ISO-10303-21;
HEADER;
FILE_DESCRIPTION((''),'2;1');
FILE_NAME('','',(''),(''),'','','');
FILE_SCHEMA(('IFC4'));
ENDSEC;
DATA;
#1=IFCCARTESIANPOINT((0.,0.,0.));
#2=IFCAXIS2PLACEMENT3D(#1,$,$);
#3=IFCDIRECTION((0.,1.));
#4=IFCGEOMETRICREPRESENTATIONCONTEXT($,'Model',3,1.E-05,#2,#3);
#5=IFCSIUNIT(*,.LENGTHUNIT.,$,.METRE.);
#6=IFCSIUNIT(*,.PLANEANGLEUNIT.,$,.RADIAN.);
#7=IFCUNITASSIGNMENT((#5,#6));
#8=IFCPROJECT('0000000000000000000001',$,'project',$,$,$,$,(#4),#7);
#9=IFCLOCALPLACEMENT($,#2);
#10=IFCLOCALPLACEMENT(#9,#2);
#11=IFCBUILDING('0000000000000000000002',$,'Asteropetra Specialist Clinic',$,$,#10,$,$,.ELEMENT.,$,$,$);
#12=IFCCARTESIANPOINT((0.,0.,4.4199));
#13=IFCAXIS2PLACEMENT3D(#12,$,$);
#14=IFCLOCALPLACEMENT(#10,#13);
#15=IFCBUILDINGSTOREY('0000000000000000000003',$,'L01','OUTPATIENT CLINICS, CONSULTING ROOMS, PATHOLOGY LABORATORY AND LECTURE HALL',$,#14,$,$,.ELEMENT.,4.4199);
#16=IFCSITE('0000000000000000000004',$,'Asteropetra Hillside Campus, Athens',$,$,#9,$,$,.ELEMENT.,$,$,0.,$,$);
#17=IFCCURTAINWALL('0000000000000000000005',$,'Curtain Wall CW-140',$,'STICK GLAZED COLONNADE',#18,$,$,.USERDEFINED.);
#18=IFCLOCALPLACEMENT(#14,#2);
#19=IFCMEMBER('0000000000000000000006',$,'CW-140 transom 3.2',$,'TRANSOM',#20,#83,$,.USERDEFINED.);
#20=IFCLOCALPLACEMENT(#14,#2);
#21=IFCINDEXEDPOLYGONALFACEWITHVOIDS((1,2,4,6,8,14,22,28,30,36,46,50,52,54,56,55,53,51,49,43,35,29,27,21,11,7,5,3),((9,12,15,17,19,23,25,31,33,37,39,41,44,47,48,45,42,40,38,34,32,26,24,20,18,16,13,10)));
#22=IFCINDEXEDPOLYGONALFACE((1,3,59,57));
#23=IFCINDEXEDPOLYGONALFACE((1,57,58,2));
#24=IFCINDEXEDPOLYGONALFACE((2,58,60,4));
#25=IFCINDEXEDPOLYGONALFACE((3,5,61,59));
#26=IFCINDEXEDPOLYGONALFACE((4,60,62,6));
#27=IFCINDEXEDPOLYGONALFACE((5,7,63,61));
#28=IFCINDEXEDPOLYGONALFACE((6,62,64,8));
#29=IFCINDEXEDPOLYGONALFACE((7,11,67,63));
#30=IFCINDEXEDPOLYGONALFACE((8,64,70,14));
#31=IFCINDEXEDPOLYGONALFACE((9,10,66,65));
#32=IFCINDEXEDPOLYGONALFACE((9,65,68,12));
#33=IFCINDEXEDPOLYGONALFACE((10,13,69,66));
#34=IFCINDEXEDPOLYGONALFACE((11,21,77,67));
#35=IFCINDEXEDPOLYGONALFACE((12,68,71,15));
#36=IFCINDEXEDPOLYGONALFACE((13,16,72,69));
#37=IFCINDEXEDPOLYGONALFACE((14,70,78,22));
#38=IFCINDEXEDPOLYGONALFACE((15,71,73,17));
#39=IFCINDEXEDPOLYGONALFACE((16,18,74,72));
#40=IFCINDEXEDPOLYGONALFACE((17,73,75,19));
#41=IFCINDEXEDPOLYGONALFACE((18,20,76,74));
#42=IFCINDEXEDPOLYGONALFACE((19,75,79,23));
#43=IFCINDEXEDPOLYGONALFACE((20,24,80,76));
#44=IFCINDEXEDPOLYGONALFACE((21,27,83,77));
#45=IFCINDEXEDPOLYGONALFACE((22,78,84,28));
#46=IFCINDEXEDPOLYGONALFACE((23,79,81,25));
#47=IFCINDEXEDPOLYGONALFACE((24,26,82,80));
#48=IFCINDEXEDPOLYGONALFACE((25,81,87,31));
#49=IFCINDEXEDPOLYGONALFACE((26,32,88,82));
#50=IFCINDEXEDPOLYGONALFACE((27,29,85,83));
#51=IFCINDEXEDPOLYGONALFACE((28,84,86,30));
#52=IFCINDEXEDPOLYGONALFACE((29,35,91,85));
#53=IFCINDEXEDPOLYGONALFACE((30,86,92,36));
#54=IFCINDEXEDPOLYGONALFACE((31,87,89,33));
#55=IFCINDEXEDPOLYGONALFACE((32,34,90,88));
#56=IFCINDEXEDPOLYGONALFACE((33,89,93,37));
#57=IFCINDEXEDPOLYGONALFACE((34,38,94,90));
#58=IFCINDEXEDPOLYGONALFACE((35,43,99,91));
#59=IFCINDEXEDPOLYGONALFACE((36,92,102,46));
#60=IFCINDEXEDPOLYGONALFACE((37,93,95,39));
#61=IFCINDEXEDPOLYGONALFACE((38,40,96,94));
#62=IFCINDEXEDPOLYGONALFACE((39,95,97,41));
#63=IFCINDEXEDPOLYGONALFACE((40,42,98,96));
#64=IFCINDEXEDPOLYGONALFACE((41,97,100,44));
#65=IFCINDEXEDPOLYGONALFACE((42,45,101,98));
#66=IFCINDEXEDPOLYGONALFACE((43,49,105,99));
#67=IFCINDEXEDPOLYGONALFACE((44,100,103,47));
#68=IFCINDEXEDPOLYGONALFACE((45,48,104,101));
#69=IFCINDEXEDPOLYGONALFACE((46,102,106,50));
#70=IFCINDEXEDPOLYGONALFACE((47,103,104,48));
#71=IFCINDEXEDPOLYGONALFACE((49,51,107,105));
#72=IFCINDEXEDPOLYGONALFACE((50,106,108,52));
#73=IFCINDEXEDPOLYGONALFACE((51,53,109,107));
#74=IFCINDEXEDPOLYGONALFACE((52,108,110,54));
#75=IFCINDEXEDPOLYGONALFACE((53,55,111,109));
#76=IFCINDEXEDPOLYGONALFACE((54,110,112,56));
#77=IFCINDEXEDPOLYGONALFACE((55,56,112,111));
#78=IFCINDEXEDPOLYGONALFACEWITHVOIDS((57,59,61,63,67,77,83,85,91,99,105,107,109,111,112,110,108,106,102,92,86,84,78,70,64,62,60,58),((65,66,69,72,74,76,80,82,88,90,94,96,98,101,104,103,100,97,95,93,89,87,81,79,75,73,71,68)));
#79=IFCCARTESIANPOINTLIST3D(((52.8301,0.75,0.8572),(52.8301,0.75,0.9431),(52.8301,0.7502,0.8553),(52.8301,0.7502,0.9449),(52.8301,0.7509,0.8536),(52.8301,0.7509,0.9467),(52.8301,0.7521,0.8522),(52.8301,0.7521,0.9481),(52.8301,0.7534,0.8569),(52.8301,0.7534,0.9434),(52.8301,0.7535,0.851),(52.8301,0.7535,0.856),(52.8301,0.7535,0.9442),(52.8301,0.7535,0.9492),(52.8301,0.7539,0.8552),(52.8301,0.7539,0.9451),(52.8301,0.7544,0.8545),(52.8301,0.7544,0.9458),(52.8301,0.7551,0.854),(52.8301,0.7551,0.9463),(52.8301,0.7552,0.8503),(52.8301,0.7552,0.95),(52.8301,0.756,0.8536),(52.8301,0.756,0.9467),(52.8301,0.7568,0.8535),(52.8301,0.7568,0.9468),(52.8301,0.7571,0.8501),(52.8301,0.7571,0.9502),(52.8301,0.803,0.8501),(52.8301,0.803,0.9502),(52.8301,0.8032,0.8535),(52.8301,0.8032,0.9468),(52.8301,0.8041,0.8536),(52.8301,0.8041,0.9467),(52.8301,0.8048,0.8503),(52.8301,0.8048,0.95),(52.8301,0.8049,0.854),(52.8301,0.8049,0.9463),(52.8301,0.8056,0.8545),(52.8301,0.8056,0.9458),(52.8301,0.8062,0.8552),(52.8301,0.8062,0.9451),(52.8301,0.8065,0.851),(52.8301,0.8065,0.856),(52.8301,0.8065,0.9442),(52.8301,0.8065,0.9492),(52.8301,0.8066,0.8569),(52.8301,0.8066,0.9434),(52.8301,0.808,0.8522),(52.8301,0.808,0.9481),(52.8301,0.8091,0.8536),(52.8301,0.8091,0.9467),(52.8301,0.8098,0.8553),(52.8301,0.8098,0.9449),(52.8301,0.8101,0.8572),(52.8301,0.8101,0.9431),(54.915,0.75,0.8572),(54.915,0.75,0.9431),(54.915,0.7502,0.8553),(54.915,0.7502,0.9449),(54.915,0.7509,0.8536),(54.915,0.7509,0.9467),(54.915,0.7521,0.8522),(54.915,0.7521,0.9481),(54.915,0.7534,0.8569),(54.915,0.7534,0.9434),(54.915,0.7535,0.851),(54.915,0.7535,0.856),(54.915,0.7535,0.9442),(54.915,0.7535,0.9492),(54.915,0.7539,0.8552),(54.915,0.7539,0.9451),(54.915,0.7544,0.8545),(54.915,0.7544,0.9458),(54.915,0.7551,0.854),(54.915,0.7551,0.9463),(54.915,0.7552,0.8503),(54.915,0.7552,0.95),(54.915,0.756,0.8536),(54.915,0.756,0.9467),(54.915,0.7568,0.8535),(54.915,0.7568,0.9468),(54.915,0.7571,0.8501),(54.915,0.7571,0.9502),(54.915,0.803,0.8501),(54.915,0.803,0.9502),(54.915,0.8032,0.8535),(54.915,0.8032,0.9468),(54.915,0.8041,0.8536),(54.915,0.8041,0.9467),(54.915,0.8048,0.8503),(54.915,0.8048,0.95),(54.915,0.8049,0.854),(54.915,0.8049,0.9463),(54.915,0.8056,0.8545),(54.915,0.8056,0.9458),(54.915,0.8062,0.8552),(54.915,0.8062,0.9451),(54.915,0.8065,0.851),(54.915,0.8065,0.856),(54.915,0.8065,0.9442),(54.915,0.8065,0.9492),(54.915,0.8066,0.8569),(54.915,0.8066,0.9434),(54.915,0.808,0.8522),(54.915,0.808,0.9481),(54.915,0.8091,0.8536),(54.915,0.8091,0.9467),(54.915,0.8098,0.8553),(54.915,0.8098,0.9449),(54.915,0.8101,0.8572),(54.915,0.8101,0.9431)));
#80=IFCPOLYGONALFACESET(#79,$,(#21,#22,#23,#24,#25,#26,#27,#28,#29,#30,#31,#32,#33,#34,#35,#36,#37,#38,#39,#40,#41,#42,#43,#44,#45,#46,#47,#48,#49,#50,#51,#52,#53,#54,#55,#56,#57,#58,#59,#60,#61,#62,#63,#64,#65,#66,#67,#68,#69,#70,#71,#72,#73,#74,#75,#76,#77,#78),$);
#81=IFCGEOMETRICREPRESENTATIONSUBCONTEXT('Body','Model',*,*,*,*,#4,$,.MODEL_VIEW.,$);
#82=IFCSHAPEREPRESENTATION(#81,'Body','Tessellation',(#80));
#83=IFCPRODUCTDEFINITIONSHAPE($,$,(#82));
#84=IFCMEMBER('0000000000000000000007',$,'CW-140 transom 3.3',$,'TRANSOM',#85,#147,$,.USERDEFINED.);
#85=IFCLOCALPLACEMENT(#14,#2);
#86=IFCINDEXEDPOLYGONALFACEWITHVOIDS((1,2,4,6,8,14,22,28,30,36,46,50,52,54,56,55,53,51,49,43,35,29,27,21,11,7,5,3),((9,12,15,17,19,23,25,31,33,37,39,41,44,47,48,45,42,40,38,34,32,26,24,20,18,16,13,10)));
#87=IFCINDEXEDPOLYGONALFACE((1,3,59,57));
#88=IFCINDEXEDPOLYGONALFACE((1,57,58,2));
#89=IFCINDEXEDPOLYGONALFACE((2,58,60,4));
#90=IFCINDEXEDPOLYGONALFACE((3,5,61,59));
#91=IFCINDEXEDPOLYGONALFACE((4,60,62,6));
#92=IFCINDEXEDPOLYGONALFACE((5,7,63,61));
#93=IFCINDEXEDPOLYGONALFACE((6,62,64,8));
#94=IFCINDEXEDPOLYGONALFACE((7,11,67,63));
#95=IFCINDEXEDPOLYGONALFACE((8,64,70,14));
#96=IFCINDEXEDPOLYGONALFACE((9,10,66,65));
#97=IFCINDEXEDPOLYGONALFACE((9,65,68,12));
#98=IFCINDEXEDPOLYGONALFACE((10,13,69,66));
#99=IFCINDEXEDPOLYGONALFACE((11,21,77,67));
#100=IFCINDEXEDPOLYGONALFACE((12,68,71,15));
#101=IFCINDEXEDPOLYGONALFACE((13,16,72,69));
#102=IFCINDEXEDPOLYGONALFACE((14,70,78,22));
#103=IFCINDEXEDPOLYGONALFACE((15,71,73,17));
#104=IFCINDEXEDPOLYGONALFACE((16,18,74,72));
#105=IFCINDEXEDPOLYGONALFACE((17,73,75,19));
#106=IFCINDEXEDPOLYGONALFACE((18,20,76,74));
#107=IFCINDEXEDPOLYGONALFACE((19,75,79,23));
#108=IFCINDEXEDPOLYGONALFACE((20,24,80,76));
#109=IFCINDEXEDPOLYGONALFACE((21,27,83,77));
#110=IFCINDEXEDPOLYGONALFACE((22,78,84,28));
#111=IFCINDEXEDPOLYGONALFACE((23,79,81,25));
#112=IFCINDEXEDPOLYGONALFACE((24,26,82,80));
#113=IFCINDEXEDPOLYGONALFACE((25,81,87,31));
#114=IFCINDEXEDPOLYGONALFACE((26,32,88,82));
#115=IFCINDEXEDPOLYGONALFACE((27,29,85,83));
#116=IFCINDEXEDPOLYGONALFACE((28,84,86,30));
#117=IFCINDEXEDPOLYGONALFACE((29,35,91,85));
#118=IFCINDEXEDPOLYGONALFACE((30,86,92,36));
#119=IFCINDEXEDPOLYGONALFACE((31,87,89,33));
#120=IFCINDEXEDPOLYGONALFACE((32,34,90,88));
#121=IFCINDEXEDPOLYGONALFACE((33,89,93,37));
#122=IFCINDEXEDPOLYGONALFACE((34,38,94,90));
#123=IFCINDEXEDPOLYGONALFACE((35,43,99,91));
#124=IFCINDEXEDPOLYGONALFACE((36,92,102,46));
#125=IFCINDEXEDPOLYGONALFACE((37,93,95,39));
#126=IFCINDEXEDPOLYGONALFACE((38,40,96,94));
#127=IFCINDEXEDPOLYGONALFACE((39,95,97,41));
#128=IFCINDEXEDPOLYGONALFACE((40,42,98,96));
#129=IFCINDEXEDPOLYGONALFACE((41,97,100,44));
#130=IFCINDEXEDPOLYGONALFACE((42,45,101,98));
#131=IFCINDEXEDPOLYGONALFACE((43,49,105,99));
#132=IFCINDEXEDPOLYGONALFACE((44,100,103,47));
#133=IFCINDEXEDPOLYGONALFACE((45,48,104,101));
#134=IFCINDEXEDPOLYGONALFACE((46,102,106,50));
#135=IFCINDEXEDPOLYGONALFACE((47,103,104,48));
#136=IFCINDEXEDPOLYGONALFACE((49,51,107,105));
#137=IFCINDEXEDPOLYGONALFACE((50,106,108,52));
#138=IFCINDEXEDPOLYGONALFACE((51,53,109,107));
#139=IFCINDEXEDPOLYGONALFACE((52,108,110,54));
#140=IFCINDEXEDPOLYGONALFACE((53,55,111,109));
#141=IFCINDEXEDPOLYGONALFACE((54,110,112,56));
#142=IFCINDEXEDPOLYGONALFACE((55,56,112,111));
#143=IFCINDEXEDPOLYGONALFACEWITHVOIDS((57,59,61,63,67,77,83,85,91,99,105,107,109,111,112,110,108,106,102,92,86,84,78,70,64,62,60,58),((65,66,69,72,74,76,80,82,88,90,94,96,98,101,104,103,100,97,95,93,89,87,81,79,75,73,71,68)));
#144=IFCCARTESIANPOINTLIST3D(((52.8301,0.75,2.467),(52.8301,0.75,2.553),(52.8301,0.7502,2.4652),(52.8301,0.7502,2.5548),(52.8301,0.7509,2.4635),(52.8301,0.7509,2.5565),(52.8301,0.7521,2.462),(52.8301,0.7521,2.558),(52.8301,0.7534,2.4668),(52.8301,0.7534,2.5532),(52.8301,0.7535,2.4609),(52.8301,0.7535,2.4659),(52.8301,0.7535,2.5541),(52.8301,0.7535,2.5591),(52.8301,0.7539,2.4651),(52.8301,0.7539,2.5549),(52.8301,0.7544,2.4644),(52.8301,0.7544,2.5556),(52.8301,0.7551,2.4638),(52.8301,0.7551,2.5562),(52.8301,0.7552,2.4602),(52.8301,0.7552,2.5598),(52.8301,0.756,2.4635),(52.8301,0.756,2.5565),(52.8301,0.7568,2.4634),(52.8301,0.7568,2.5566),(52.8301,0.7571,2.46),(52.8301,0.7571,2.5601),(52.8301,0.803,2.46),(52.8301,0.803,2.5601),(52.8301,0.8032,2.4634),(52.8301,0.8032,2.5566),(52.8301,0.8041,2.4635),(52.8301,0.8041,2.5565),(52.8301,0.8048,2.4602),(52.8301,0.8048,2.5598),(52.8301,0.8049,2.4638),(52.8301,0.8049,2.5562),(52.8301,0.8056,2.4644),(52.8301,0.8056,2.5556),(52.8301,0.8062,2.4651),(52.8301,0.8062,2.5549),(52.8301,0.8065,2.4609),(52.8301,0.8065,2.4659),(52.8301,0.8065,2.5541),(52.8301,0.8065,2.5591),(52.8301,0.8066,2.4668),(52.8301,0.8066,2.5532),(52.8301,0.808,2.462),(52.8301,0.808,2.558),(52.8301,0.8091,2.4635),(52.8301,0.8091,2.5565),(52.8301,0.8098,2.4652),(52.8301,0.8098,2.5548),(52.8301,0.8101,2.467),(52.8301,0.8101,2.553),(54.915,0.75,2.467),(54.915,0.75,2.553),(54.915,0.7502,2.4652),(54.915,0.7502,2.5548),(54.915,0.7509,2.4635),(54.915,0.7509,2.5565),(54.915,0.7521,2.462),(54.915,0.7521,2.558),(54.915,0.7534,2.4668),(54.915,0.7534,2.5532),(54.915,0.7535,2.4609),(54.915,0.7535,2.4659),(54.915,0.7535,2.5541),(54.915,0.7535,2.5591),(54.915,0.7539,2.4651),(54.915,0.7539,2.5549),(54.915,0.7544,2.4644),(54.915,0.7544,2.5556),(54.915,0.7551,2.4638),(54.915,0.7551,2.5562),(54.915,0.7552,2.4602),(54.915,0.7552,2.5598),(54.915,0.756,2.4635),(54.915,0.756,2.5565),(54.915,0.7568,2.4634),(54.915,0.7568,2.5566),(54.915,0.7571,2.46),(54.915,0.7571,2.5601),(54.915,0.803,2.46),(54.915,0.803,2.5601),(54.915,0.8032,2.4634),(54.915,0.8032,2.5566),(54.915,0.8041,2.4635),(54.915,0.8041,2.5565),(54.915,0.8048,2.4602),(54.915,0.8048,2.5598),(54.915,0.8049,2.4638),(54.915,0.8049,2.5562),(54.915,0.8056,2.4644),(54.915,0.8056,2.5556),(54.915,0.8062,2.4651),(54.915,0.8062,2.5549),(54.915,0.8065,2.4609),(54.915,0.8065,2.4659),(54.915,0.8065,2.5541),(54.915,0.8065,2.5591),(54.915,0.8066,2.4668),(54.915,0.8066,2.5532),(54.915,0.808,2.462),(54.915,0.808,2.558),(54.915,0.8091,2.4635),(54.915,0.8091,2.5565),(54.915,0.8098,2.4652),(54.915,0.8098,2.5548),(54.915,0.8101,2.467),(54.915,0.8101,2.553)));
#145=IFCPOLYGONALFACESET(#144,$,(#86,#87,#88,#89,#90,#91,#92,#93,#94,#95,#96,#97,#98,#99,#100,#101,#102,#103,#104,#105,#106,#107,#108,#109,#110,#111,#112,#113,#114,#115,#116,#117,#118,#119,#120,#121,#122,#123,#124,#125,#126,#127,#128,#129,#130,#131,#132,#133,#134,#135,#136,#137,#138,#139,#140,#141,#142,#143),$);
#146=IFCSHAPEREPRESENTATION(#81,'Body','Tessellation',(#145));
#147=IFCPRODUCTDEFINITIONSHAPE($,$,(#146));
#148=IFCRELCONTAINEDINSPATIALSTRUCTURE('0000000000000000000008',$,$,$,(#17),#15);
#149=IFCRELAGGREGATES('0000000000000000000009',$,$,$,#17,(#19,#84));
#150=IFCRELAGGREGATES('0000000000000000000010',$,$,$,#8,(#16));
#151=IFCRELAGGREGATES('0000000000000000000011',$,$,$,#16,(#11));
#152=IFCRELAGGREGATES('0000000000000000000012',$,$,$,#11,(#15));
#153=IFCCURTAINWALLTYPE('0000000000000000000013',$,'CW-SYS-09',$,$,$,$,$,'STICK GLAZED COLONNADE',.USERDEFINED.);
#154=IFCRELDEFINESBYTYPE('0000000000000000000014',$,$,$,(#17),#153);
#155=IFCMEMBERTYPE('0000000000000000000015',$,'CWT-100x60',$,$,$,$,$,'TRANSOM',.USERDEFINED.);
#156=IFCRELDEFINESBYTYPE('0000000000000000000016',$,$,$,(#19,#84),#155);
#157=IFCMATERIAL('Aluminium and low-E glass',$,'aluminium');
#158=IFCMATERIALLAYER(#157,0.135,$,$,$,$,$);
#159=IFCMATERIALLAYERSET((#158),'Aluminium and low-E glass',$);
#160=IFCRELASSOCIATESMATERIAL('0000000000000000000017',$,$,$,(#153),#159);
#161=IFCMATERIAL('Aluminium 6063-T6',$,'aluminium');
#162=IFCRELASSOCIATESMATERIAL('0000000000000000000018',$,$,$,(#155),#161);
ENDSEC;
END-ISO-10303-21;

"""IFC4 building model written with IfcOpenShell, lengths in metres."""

from ifc_helpers import new_model, si_unit, direction, frame, origin, origin_2d, place, context, subcontext, project, spatial, hollow_rectangle, extrude, material, layer, layer_set, material_profile, profile_set, type_object, element, aggregate, save


model = new_model("IFC4")

# Units and contexts
model_context = context("Model", 3, precision=1e-05, world=origin(), true_north=direction((0.0, 1.0)))
body_context = subcontext(model_context, "Body", "Model", "MODEL_VIEW")
ifc_project = project(units=[si_unit("LENGTHUNIT", "METRE"), si_unit("PLANEANGLEUNIT", "RADIAN")], contexts=[model_context])

# Site, building, storey
site_placement = place(None, origin())
site = spatial("IfcSite", under=ifc_project, at=site_placement, Name="Asteropetra Hillside Campus, Athens", CompositionType="ELEMENT", RefElevation=0.0)
building_placement = place(site_placement, origin())
building = spatial("IfcBuilding", under=site, at=building_placement, Name="Asteropetra Specialist Clinic", CompositionType="ELEMENT")
storey_placement = place(building_placement, frame((0.0, 0.0, 4.4199)))
storey = spatial("IfcBuildingStorey", under=building, at=storey_placement, Name="L01", Description="OUTPATIENT CLINICS, CONSULTING ROOMS, PATHOLOGY LABORATORY AND LECTURE HALL", CompositionType="ELEMENT", Elevation=4.4199)

# Curtain wall, members
ifc_material_1 = material(Name="Aluminium and low-E glass", Category="aluminium")
ifc_layer_1 = layer(ifc_material_1, 0.135)
ifc_layer_set_1 = layer_set([ifc_layer_1], Name="Aluminium and low-E glass")
curtain_wall_type = type_object("IfcCurtainWallType", Name="CW-SYS-09", ElementType="STICK GLAZED COLONNADE", PredefinedType="USERDEFINED", material=ifc_layer_set_1)
curtain_wall_placement = place(storey_placement, origin())
curtain_wall = element("IfcCurtainWall", 1, at=curtain_wall_placement, inside=storey, type_object=curtain_wall_type, Name="Curtain Wall CW-140", ObjectType="STICK GLAZED COLONNADE", PredefinedType="USERDEFINED")
ifc_material_2 = material(Name="Aluminium 6063-T6", Category="aluminium")
ifc_material_profile_1 = material_profile(ifc_material_2, hollow_rectangle(XDim=0.0601, YDim=0.1001, WallThickness=0.0034, InnerFilletRadius=0.0034, OuterFilletRadius=0.0071, at=origin_2d()), Name="TRN 100x60x3.5")
ifc_profile_set_1 = profile_set([ifc_material_profile_1], Name="Aluminium 6063-T6")
member_type_1 = type_object("IfcMemberType", Name="CWT-100x60", ElementType="TRANSOM", PredefinedType="USERDEFINED", material=ifc_profile_set_1)
member_1_placement = place(storey_placement, frame((52.8301, 0.78, 0.9001), z_axis=(1.0, 0.0, 0.0), x_axis=(0.0, 1.0, 0.0)))
member_1 = element("IfcMember", 2, at=member_1_placement, type_object=member_type_1, Name="CW-140 transom 3.2", ObjectType="TRANSOM", PredefinedType="USERDEFINED", context=body_context, shape_type="SweptSolid", body=[
    extrude(hollow_rectangle(XDim=0.0601, YDim=0.1001, WallThickness=0.0034, InnerFilletRadius=0.0034, OuterFilletRadius=0.0071, at=origin_2d()), origin(), (0.0, 0.0, 1.0), 2.085),
])
member_2_placement = place(storey_placement, frame((52.8301, 0.78, 2.51), z_axis=(1.0, 0.0, 0.0), x_axis=(0.0, 1.0, 0.0)))
member_2 = element("IfcMember", 3, at=member_2_placement, type_object=member_type_1, Name="CW-140 transom 3.3", ObjectType="TRANSOM", PredefinedType="USERDEFINED", context=body_context, shape_type="SweptSolid", body=[
    extrude(hollow_rectangle(XDim=0.0601, YDim=0.1001, WallThickness=0.0034, InnerFilletRadius=0.0034, OuterFilletRadius=0.0071, at=origin_2d()), origin(), (0.0, 0.0, 1.0), 2.085),
])

aggregate(curtain_wall, [member_1, member_2])

save(model, "model.ifc")
